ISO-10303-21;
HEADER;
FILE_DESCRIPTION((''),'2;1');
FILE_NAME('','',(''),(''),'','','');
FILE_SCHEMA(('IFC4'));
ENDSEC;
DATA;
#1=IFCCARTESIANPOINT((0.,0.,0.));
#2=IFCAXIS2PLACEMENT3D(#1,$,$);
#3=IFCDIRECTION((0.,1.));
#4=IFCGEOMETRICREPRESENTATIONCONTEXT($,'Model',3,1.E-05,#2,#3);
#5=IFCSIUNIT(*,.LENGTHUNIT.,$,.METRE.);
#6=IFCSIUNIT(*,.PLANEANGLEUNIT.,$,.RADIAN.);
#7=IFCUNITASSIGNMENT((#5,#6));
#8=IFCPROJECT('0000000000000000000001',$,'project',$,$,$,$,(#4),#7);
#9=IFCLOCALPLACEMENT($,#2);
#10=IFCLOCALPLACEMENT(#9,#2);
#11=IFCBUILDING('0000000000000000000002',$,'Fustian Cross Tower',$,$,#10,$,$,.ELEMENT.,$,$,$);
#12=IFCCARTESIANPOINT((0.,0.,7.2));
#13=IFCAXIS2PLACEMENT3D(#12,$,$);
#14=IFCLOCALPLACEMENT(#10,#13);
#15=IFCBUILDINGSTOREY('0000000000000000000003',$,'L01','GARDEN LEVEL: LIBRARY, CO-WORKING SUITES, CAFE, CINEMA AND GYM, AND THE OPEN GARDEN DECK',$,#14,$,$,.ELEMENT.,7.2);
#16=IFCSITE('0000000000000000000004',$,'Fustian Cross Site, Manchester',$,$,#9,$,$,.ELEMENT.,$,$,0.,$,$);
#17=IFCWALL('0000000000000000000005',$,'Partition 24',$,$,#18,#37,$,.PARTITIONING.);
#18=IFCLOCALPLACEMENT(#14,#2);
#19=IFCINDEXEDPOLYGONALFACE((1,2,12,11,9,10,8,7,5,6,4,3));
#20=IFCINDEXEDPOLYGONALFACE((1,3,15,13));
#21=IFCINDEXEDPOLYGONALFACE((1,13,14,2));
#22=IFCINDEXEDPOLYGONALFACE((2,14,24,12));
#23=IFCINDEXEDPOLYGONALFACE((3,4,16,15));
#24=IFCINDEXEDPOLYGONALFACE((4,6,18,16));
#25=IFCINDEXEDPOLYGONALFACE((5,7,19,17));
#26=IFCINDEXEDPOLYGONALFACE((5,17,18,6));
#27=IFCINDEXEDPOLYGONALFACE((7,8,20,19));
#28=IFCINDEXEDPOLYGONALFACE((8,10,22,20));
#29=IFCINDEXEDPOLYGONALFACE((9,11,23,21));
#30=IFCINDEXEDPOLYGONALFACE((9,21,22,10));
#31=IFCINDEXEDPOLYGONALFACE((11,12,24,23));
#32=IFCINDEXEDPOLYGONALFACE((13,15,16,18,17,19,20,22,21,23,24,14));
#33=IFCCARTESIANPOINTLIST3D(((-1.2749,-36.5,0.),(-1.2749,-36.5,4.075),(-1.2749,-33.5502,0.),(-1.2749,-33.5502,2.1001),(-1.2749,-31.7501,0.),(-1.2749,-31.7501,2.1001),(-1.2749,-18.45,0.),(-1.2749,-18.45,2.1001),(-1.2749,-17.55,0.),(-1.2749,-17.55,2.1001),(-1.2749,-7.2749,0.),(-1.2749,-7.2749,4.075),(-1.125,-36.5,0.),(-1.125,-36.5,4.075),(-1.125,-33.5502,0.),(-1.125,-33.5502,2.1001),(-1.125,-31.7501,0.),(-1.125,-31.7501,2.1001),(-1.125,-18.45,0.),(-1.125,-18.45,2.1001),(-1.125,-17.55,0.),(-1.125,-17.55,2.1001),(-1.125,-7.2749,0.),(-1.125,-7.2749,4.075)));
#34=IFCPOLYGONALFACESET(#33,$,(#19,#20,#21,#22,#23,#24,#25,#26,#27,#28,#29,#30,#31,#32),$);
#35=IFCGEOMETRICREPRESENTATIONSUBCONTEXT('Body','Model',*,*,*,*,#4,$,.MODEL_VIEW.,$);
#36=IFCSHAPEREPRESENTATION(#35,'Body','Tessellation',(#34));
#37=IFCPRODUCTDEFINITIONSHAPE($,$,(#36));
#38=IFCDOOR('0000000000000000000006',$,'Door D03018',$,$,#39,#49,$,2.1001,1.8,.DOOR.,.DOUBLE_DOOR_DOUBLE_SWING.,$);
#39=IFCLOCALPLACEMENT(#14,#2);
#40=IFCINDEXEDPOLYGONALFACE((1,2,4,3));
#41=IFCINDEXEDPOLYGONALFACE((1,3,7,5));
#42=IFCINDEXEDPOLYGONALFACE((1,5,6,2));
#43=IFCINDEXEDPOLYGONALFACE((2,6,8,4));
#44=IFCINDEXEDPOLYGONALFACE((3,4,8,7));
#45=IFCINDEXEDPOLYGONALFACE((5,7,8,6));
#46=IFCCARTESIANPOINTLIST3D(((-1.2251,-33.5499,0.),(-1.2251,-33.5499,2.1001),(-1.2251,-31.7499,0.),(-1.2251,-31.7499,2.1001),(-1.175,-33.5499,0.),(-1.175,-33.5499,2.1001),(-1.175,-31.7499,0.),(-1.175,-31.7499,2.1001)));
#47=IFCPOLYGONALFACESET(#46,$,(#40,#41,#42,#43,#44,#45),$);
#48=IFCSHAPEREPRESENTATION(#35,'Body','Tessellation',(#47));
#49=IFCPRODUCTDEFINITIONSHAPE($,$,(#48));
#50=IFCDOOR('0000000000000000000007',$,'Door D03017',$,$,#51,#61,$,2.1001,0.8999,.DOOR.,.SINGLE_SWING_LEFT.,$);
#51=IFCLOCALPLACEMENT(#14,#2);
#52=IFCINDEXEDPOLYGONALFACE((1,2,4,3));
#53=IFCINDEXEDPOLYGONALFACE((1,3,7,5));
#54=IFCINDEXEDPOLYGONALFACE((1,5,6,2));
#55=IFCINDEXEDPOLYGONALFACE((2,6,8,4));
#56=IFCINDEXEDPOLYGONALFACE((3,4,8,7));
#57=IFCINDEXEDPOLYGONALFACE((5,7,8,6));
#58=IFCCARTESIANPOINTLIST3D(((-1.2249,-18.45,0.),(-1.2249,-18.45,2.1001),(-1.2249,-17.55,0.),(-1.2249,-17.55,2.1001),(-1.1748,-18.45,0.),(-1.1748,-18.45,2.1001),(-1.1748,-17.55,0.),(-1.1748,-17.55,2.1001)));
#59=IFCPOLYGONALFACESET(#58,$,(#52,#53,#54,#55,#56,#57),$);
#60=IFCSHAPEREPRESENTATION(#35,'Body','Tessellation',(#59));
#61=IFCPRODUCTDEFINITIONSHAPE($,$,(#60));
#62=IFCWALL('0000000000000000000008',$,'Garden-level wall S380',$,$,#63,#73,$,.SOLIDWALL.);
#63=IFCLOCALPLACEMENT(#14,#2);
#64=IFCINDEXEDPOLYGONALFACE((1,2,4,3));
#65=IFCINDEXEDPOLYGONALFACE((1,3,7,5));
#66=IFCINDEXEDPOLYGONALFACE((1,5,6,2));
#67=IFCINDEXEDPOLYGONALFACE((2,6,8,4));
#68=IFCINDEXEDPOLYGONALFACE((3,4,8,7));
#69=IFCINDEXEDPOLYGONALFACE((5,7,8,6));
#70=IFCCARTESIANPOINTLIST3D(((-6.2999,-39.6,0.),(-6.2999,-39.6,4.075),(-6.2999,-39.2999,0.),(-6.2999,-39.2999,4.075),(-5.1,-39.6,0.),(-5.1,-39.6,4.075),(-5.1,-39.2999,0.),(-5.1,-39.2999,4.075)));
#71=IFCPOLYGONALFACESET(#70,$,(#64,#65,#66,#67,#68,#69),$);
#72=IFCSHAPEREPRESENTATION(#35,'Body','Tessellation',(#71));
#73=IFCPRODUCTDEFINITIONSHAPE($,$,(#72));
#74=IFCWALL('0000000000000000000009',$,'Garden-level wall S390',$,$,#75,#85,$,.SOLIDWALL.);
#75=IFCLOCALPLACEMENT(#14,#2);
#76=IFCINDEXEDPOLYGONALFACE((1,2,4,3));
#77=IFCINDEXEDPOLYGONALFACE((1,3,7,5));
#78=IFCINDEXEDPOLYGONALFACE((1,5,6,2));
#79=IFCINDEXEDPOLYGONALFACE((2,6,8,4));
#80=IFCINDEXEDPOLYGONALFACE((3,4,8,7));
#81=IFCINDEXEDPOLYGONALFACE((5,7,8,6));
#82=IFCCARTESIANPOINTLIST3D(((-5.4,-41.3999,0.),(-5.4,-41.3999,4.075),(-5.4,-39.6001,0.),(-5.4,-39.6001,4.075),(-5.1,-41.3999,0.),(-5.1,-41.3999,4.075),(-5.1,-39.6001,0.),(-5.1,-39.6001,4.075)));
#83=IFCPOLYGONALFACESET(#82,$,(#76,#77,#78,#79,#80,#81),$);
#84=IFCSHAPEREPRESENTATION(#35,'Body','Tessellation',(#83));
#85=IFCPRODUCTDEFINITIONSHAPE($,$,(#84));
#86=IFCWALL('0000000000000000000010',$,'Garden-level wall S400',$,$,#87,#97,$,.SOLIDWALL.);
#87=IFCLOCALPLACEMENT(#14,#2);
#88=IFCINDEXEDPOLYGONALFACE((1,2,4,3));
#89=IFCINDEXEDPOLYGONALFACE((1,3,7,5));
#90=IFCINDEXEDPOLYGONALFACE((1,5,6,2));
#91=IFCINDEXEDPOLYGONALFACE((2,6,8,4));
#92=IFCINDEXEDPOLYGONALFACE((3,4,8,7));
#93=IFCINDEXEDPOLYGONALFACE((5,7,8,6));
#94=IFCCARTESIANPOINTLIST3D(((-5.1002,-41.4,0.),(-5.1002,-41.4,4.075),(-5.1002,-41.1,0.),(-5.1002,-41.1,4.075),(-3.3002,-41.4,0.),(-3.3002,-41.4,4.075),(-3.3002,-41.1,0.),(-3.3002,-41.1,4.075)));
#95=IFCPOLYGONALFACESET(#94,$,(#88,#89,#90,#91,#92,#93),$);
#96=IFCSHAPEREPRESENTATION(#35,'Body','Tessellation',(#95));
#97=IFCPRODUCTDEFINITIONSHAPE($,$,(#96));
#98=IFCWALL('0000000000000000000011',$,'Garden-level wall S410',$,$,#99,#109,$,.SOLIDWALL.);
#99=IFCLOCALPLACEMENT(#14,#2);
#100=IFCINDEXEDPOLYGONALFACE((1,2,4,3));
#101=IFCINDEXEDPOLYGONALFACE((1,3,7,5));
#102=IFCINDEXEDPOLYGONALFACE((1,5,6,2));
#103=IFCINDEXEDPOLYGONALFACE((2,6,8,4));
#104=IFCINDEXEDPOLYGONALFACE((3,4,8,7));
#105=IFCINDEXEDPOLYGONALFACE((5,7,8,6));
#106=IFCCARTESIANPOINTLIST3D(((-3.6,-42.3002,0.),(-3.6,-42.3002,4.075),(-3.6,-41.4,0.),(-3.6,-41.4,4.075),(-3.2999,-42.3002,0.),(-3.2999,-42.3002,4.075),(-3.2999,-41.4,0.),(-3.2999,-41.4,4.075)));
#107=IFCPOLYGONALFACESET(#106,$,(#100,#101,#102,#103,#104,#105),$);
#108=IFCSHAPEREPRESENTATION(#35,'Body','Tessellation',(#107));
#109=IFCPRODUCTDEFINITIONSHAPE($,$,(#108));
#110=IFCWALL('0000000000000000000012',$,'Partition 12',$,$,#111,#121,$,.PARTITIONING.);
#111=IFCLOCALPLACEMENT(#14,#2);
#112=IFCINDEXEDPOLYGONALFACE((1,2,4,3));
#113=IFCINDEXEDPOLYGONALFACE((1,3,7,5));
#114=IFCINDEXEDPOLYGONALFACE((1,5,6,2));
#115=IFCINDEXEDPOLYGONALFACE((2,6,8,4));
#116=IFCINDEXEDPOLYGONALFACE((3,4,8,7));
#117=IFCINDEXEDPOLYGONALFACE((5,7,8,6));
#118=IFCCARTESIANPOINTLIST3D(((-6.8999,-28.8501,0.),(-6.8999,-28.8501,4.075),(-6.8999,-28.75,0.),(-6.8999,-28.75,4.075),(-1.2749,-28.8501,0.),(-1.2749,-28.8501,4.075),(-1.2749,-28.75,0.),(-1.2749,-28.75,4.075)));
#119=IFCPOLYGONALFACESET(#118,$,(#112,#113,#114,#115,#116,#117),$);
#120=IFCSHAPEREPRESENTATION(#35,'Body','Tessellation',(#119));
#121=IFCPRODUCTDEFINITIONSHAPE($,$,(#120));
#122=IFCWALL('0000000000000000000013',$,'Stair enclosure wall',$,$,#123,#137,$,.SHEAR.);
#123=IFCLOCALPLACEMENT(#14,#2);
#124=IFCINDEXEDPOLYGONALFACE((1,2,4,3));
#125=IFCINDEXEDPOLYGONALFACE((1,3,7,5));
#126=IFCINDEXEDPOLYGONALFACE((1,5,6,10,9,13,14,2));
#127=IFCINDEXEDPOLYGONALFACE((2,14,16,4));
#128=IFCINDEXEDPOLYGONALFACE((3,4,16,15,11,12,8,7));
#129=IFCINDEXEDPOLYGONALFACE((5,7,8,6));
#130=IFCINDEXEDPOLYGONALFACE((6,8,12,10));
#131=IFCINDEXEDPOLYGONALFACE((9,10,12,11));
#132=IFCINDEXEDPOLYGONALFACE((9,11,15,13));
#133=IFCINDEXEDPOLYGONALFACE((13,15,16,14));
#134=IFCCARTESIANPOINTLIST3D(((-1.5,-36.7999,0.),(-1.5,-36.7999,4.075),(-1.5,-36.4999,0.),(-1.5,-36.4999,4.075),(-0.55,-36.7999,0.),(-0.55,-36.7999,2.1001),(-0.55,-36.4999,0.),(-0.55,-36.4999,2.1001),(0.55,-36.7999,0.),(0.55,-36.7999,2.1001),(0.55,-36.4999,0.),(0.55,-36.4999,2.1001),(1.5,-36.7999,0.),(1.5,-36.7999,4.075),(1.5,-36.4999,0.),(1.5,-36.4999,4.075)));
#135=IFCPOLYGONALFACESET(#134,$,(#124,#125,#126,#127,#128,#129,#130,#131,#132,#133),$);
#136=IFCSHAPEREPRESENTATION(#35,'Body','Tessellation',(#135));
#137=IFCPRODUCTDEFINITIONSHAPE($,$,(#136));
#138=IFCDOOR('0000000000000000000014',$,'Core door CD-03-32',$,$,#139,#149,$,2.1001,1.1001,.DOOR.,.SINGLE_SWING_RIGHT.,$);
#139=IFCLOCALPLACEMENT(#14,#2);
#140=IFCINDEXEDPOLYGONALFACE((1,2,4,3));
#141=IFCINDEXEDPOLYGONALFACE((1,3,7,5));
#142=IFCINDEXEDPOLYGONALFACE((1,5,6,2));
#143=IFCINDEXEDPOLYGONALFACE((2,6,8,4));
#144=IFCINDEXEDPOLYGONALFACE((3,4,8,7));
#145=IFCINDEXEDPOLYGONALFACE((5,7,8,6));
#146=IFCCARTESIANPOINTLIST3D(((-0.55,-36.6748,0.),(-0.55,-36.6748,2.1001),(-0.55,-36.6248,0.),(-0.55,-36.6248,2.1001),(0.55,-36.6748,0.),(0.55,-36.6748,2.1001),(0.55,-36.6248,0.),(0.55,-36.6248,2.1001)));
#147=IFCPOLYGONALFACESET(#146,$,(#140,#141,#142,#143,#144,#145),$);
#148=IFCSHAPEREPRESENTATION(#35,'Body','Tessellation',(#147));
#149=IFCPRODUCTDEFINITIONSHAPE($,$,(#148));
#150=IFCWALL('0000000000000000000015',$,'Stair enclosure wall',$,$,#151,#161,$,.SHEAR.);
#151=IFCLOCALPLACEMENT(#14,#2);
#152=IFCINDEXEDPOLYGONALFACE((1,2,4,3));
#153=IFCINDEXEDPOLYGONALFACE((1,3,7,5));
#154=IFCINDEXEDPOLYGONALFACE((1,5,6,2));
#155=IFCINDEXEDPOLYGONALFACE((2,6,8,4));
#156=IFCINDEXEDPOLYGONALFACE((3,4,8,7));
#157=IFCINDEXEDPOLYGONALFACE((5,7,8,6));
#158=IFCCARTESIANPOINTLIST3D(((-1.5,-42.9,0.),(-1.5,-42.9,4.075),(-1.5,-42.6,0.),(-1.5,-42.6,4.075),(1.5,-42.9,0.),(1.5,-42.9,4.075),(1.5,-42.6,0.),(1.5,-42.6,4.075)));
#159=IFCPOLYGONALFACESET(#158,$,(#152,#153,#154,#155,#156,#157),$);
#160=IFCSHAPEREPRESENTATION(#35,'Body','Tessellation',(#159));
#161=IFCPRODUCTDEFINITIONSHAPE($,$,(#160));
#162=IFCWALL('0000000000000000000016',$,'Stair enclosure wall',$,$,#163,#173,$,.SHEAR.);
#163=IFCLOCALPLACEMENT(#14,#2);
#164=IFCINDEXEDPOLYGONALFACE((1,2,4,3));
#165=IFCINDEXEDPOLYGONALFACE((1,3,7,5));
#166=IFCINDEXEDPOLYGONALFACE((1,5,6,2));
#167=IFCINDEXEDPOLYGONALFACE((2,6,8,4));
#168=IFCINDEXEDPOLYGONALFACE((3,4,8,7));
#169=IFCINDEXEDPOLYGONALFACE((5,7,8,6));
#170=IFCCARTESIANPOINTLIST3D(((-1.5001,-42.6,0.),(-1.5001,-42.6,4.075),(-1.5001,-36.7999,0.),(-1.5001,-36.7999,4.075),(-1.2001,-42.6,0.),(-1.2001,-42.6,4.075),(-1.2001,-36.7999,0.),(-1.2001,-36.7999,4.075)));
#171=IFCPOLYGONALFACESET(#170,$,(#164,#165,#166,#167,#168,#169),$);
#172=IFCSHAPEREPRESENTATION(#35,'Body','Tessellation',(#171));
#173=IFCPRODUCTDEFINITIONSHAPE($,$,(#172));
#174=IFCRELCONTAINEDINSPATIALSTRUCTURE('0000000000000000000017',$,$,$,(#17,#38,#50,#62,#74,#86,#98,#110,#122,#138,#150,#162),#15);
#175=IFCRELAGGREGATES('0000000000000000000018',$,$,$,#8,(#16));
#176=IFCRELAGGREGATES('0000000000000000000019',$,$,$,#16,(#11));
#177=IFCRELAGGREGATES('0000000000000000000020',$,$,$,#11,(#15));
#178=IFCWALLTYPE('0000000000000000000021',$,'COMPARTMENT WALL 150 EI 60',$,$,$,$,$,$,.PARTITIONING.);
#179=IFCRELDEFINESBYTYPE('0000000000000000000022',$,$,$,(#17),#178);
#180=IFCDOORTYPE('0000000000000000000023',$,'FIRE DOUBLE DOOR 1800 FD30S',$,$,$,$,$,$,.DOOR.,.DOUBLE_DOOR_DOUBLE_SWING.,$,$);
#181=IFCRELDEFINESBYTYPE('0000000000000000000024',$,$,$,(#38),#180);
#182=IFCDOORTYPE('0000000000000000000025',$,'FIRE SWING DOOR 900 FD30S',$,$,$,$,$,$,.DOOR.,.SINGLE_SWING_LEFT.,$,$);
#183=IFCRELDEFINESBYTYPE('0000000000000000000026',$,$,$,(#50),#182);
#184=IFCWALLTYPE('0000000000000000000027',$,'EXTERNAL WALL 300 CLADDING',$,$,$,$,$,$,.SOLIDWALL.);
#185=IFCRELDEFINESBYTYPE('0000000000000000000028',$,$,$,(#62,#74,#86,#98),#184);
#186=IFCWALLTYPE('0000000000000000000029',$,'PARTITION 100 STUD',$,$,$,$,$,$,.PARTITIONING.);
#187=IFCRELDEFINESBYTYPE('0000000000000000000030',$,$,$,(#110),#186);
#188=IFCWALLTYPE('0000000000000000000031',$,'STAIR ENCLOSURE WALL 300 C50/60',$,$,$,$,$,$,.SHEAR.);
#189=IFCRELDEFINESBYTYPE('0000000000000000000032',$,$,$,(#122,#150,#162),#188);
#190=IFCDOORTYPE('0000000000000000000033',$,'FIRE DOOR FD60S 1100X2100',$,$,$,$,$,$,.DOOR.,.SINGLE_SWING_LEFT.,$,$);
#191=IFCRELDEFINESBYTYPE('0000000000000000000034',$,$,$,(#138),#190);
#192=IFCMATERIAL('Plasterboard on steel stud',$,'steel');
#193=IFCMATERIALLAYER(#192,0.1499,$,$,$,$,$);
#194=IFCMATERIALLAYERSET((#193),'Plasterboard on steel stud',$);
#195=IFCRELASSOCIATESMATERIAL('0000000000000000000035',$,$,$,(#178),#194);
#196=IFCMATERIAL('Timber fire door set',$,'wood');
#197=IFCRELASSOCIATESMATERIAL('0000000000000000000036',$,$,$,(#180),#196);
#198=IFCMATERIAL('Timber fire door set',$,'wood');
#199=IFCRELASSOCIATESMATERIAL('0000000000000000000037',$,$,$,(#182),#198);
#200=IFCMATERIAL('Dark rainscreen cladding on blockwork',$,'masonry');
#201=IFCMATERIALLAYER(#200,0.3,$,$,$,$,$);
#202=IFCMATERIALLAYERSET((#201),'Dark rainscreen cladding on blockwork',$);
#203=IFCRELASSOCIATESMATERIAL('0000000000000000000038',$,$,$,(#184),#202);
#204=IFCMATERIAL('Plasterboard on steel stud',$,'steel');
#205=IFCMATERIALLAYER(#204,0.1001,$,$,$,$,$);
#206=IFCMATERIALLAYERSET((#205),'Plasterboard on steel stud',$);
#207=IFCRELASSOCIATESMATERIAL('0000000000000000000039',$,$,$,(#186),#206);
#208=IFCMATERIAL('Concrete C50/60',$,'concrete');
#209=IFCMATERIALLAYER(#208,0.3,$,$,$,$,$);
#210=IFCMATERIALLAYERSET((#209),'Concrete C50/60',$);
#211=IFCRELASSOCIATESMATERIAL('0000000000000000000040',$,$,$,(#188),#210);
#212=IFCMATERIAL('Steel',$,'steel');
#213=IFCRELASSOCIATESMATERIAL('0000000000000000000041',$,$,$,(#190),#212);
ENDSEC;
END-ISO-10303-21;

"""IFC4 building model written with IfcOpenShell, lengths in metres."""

from ifc_helpers import new_model, si_unit, direction, frame, frame_2d, origin, place, context, subcontext, project, spatial, rectangle, extrude, material, layer, layer_set, type_object, element, fill, save


model = new_model("IFC4")

# Units and contexts
model_context = context("Model", 3, precision=1e-05, world=origin(), true_north=direction((0.0, 1.0)))
body_context = subcontext(model_context, "Body", "Model", "MODEL_VIEW")
ifc_project = project(units=[si_unit("LENGTHUNIT", "METRE"), si_unit("PLANEANGLEUNIT", "RADIAN")], contexts=[model_context])

# Site, building, storey
site_placement = place(None, origin())
site = spatial("IfcSite", under=ifc_project, at=site_placement, Name="Fustian Cross Site, Manchester", CompositionType="ELEMENT", RefElevation=0.0)
building_placement = place(site_placement, origin())
building = spatial("IfcBuilding", under=site, at=building_placement, Name="Fustian Cross Tower", CompositionType="ELEMENT")
storey_placement = place(building_placement, frame((0.0, 0.0, 7.2)))
storey = spatial("IfcBuildingStorey", under=building, at=storey_placement, Name="L01", Description="GARDEN LEVEL: LIBRARY, CO-WORKING SUITES, CAFE, CINEMA AND GYM, AND THE OPEN GARDEN DECK", CompositionType="ELEMENT", Elevation=7.2)

# Wall, openings, doors
ifc_material_1 = material(Name="Plasterboard on steel stud", Category="steel")
ifc_layer_1 = layer(ifc_material_1, 0.1499)
ifc_layer_set_1 = layer_set([ifc_layer_1], Name="Plasterboard on steel stud")
wall_type_1 = type_object("IfcWallType", Name="COMPARTMENT WALL 150 EI 60", PredefinedType="PARTITIONING", material=ifc_layer_set_1)
wall_1_placement = place(storey_placement, frame((-1.2, -36.5, 0.0), z_axis=(0.0, 0.0, 1.0), x_axis=(0.0, 1.0, 0.0)))
wall_1 = element("IfcWall", 1, at=wall_1_placement, inside=storey, type_object=wall_type_1, Name="Partition 24", PredefinedType="PARTITIONING", context=body_context, shape_type="SweptSolid", body=[
    extrude(rectangle(XDim=29.2251, YDim=0.1499, at=frame_2d((14.6125, 0.0))), origin(), (0.0, 0.0, 1.0), 4.075),
])
opening_1_placement = place(wall_1_placement, frame((18.05, 0.0, 0.0)))
opening_1 = element("IfcOpeningElement", 2, at=opening_1_placement, cuts=wall_1, PredefinedType="OPENING", context=body_context, shape_type="SweptSolid", body=[
    extrude(rectangle(XDim=0.8999, YDim=2.1001, at=frame_2d((0.45, 1.05))), frame((0.0, 0.085, 0.0), z_axis=(0.0, -1.0, 0.0), x_axis=(1.0, 0.0, 0.0)), (0.0, 0.0, 1.0), 0.1699),
])
opening_2_placement = place(wall_1_placement, frame((2.95, 0.0, 0.0)))
opening_2 = element("IfcOpeningElement", 3, at=opening_2_placement, cuts=wall_1, PredefinedType="OPENING", context=body_context, shape_type="SweptSolid", body=[
    extrude(rectangle(XDim=1.8, YDim=2.1001, at=frame_2d((0.8999, 1.05))), frame((0.0, 0.085, 0.0), z_axis=(0.0, -1.0, 0.0), x_axis=(1.0, 0.0, 0.0)), (0.0, 0.0, 1.0), 0.1699),
])
ifc_material_2 = material(Name="Timber fire door set", Category="wood")
door_type_1 = type_object("IfcDoorType", Name="FIRE DOUBLE DOOR 1800 FD30S", OperationType="DOUBLE_DOOR_DOUBLE_SWING", PredefinedType="DOOR", material=ifc_material_2)
door_1_placement = place(opening_2_placement, frame((1.8, 0.0, 0.0), z_axis=(0.0, 0.0, 1.0), x_axis=(-1.0, 0.0, 0.0)))
door_1 = element("IfcDoor", 4, at=door_1_placement, inside=storey, type_object=door_type_1, Name="Door D03018", OperationType="DOUBLE_DOOR_DOUBLE_SWING", OverallHeight=2.1001, OverallWidth=1.8, PredefinedType="DOOR", context=body_context, shape_type="SweptSolid", body=[
    extrude(rectangle(XDim=1.8, YDim=2.1001, at=frame_2d((0.8999, 1.05))), frame((0.0, 0.0249, 0.0), z_axis=(0.0, -1.0, 0.0), x_axis=(1.0, 0.0, 0.0)), (0.0, 0.0, 1.0), 0.05),
])
fill(opening_2, door_1)
ifc_material_3 = material(Name="Timber fire door set", Category="wood")
door_type_2 = type_object("IfcDoorType", Name="FIRE SWING DOOR 900 FD30S", OperationType="SINGLE_SWING_LEFT", PredefinedType="DOOR", material=ifc_material_3)
door_2_placement = place(opening_1_placement, origin())
door_2 = element("IfcDoor", 5, at=door_2_placement, inside=storey, type_object=door_type_2, Name="Door D03017", OperationType="SINGLE_SWING_LEFT", OverallHeight=2.1001, OverallWidth=0.8999, PredefinedType="DOOR", context=body_context, shape_type="SweptSolid", body=[
    extrude(rectangle(XDim=0.8999, YDim=2.1001, at=frame_2d((0.45, 1.05))), frame((0.0, 0.0249, 0.0), z_axis=(0.0, -1.0, 0.0), x_axis=(1.0, 0.0, 0.0)), (0.0, 0.0, 1.0), 0.05),
])
fill(opening_1, door_2)

# Walls
ifc_material_4 = material(Name="Dark rainscreen cladding on blockwork", Category="masonry")
ifc_layer_2 = layer(ifc_material_4, 0.3)
ifc_layer_set_2 = layer_set([ifc_layer_2], Name="Dark rainscreen cladding on blockwork")
wall_type_2 = type_object("IfcWallType", Name="EXTERNAL WALL 300 CLADDING", PredefinedType="SOLIDWALL", material=ifc_layer_set_2)
wall_2_placement = place(storey_placement, frame((-6.3, -39.45, 0.0), z_axis=(0.0, 0.0, 1.0), x_axis=(1.0, 0.0, 0.0)))
element("IfcWall", 6, at=wall_2_placement, inside=storey, type_object=wall_type_2, Name="Garden-level wall S380", PredefinedType="SOLIDWALL", context=body_context, shape_type="SweptSolid", body=[
    extrude(rectangle(XDim=1.2, YDim=0.3, at=frame_2d((0.6001, 0.0))), origin(), (0.0, 0.0, 1.0), 4.075),
])
wall_3_placement = place(storey_placement, frame((-5.25, -39.6001, 0.0), z_axis=(0.0, 0.0, 1.0), x_axis=(0.0, -1.0, 0.0)))
element("IfcWall", 7, at=wall_3_placement, inside=storey, type_object=wall_type_2, Name="Garden-level wall S390", PredefinedType="SOLIDWALL", context=body_context, shape_type="SweptSolid", body=[
    extrude(rectangle(XDim=1.7998, YDim=0.3, at=frame_2d((0.8999, 0.0))), origin(), (0.0, 0.0, 1.0), 4.075),
])
wall_4_placement = place(storey_placement, frame((-5.1001, -41.25, 0.0), z_axis=(0.0, 0.0, 1.0), x_axis=(1.0, 0.0, 0.0)))
element("IfcWall", 8, at=wall_4_placement, inside=storey, type_object=wall_type_2, Name="Garden-level wall S400", PredefinedType="SOLIDWALL", context=body_context, shape_type="SweptSolid", body=[
    extrude(rectangle(XDim=1.8, YDim=0.3, at=frame_2d((0.8999, 0.0))), origin(), (0.0, 0.0, 1.0), 4.075),
])
wall_5_placement = place(storey_placement, frame((-3.45, -41.3999, 0.0), z_axis=(0.0, 0.0, 1.0), x_axis=(0.0, -1.0, 0.0)))
element("IfcWall", 9, at=wall_5_placement, inside=storey, type_object=wall_type_2, Name="Garden-level wall S410", PredefinedType="SOLIDWALL", context=body_context, shape_type="SweptSolid", body=[
    extrude(rectangle(XDim=0.9001, YDim=0.3, at=frame_2d((0.4502, 0.0))), origin(), (0.0, 0.0, 1.0), 4.075),
])
ifc_material_5 = material(Name="Plasterboard on steel stud", Category="steel")
ifc_layer_3 = layer(ifc_material_5, 0.1001)
ifc_layer_set_3 = layer_set([ifc_layer_3], Name="Plasterboard on steel stud")
wall_type_3 = type_object("IfcWallType", Name="PARTITION 100 STUD", PredefinedType="PARTITIONING", material=ifc_layer_set_3)
wall_6_placement = place(storey_placement, frame((-6.8999, -28.8, 0.0), z_axis=(0.0, 0.0, 1.0), x_axis=(1.0, 0.0, 0.0)))
element("IfcWall", 10, at=wall_6_placement, inside=storey, type_object=wall_type_3, Name="Partition 12", PredefinedType="PARTITIONING", context=body_context, shape_type="SweptSolid", body=[
    extrude(rectangle(XDim=5.625, YDim=0.1001, at=frame_2d((2.8125, 0.0))), origin(), (0.0, 0.0, 1.0), 4.075),
])

# Wall, opening, door
ifc_material_6 = material(Name="Concrete C50/60", Category="concrete")
ifc_layer_4 = layer(ifc_material_6, 0.3)
ifc_layer_set_4 = layer_set([ifc_layer_4], Name="Concrete C50/60")
wall_type_4 = type_object("IfcWallType", Name="STAIR ENCLOSURE WALL 300 C50/60", PredefinedType="SHEAR", material=ifc_layer_set_4)
wall_7_placement = place(storey_placement, frame((-1.5, -36.6499, 0.0), z_axis=(0.0, 0.0, 1.0), x_axis=(1.0, 0.0, 0.0)))
wall_7 = element("IfcWall", 11, at=wall_7_placement, inside=storey, type_object=wall_type_4, Name="Stair enclosure wall", PredefinedType="SHEAR", context=body_context, shape_type="SweptSolid", body=[
    extrude(rectangle(XDim=3.0, YDim=0.3, at=frame_2d((1.5, 0.0))), origin(), (0.0, 0.0, 1.0), 4.075),
])
opening_3_placement = place(wall_7_placement, frame((0.95, 0.0, 0.0)))
opening_3 = element("IfcOpeningElement", 12, at=opening_3_placement, cuts=wall_7, PredefinedType="OPENING", context=body_context, shape_type="SweptSolid", body=[
    extrude(rectangle(XDim=1.1001, YDim=2.1001, at=frame_2d((0.55, 1.05))), frame((0.0, 0.1599, 0.0), z_axis=(0.0, -1.0, 0.0), x_axis=(1.0, 0.0, 0.0)), (0.0, 0.0, 1.0), 0.3201),
])
ifc_material_7 = material(Name="Steel", Category="steel")
door_type_3 = type_object("IfcDoorType", Name="FIRE DOOR FD60S 1100X2100", OperationType="SINGLE_SWING_LEFT", PredefinedType="DOOR", material=ifc_material_7)
door_3_placement = place(opening_3_placement, frame((1.1001, 0.0, 0.0), z_axis=(0.0, 0.0, 1.0), x_axis=(-1.0, 0.0, 0.0)))
door_3 = element("IfcDoor", 13, at=door_3_placement, inside=storey, type_object=door_type_3, Name="Core door CD-03-32", OperationType="SINGLE_SWING_RIGHT", OverallHeight=2.1001, OverallWidth=1.1001, PredefinedType="DOOR", context=body_context, shape_type="SweptSolid", body=[
    extrude(rectangle(XDim=1.1001, YDim=2.1001, at=frame_2d((0.55, 1.05))), frame((0.0, 0.0249, 0.0), z_axis=(0.0, -1.0, 0.0), x_axis=(1.0, 0.0, 0.0)), (0.0, 0.0, 1.0), 0.05),
])
fill(opening_3, door_3)

# Walls
wall_8_placement = place(storey_placement, frame((-1.5, -42.75, 0.0), z_axis=(0.0, 0.0, 1.0), x_axis=(1.0, 0.0, 0.0)))
element("IfcWall", 14, at=wall_8_placement, inside=storey, type_object=wall_type_4, Name="Stair enclosure wall", PredefinedType="SHEAR", context=body_context, shape_type="SweptSolid", body=[
    extrude(rectangle(XDim=3.0, YDim=0.3, at=frame_2d((1.5, 0.0))), origin(), (0.0, 0.0, 1.0), 4.075),
])
wall_9_placement = place(storey_placement, frame((-1.3501, -36.8, 0.0), z_axis=(0.0, 0.0, 1.0), x_axis=(0.0, -1.0, 0.0)))
element("IfcWall", 15, at=wall_9_placement, inside=storey, type_object=wall_type_4, Name="Stair enclosure wall", PredefinedType="SHEAR", context=body_context, shape_type="SweptSolid", body=[
    extrude(rectangle(XDim=5.8, YDim=0.3, at=frame_2d((2.8999, 0.0))), origin(), (0.0, 0.0, 1.0), 4.075),
])

save(model, "model.ifc")
